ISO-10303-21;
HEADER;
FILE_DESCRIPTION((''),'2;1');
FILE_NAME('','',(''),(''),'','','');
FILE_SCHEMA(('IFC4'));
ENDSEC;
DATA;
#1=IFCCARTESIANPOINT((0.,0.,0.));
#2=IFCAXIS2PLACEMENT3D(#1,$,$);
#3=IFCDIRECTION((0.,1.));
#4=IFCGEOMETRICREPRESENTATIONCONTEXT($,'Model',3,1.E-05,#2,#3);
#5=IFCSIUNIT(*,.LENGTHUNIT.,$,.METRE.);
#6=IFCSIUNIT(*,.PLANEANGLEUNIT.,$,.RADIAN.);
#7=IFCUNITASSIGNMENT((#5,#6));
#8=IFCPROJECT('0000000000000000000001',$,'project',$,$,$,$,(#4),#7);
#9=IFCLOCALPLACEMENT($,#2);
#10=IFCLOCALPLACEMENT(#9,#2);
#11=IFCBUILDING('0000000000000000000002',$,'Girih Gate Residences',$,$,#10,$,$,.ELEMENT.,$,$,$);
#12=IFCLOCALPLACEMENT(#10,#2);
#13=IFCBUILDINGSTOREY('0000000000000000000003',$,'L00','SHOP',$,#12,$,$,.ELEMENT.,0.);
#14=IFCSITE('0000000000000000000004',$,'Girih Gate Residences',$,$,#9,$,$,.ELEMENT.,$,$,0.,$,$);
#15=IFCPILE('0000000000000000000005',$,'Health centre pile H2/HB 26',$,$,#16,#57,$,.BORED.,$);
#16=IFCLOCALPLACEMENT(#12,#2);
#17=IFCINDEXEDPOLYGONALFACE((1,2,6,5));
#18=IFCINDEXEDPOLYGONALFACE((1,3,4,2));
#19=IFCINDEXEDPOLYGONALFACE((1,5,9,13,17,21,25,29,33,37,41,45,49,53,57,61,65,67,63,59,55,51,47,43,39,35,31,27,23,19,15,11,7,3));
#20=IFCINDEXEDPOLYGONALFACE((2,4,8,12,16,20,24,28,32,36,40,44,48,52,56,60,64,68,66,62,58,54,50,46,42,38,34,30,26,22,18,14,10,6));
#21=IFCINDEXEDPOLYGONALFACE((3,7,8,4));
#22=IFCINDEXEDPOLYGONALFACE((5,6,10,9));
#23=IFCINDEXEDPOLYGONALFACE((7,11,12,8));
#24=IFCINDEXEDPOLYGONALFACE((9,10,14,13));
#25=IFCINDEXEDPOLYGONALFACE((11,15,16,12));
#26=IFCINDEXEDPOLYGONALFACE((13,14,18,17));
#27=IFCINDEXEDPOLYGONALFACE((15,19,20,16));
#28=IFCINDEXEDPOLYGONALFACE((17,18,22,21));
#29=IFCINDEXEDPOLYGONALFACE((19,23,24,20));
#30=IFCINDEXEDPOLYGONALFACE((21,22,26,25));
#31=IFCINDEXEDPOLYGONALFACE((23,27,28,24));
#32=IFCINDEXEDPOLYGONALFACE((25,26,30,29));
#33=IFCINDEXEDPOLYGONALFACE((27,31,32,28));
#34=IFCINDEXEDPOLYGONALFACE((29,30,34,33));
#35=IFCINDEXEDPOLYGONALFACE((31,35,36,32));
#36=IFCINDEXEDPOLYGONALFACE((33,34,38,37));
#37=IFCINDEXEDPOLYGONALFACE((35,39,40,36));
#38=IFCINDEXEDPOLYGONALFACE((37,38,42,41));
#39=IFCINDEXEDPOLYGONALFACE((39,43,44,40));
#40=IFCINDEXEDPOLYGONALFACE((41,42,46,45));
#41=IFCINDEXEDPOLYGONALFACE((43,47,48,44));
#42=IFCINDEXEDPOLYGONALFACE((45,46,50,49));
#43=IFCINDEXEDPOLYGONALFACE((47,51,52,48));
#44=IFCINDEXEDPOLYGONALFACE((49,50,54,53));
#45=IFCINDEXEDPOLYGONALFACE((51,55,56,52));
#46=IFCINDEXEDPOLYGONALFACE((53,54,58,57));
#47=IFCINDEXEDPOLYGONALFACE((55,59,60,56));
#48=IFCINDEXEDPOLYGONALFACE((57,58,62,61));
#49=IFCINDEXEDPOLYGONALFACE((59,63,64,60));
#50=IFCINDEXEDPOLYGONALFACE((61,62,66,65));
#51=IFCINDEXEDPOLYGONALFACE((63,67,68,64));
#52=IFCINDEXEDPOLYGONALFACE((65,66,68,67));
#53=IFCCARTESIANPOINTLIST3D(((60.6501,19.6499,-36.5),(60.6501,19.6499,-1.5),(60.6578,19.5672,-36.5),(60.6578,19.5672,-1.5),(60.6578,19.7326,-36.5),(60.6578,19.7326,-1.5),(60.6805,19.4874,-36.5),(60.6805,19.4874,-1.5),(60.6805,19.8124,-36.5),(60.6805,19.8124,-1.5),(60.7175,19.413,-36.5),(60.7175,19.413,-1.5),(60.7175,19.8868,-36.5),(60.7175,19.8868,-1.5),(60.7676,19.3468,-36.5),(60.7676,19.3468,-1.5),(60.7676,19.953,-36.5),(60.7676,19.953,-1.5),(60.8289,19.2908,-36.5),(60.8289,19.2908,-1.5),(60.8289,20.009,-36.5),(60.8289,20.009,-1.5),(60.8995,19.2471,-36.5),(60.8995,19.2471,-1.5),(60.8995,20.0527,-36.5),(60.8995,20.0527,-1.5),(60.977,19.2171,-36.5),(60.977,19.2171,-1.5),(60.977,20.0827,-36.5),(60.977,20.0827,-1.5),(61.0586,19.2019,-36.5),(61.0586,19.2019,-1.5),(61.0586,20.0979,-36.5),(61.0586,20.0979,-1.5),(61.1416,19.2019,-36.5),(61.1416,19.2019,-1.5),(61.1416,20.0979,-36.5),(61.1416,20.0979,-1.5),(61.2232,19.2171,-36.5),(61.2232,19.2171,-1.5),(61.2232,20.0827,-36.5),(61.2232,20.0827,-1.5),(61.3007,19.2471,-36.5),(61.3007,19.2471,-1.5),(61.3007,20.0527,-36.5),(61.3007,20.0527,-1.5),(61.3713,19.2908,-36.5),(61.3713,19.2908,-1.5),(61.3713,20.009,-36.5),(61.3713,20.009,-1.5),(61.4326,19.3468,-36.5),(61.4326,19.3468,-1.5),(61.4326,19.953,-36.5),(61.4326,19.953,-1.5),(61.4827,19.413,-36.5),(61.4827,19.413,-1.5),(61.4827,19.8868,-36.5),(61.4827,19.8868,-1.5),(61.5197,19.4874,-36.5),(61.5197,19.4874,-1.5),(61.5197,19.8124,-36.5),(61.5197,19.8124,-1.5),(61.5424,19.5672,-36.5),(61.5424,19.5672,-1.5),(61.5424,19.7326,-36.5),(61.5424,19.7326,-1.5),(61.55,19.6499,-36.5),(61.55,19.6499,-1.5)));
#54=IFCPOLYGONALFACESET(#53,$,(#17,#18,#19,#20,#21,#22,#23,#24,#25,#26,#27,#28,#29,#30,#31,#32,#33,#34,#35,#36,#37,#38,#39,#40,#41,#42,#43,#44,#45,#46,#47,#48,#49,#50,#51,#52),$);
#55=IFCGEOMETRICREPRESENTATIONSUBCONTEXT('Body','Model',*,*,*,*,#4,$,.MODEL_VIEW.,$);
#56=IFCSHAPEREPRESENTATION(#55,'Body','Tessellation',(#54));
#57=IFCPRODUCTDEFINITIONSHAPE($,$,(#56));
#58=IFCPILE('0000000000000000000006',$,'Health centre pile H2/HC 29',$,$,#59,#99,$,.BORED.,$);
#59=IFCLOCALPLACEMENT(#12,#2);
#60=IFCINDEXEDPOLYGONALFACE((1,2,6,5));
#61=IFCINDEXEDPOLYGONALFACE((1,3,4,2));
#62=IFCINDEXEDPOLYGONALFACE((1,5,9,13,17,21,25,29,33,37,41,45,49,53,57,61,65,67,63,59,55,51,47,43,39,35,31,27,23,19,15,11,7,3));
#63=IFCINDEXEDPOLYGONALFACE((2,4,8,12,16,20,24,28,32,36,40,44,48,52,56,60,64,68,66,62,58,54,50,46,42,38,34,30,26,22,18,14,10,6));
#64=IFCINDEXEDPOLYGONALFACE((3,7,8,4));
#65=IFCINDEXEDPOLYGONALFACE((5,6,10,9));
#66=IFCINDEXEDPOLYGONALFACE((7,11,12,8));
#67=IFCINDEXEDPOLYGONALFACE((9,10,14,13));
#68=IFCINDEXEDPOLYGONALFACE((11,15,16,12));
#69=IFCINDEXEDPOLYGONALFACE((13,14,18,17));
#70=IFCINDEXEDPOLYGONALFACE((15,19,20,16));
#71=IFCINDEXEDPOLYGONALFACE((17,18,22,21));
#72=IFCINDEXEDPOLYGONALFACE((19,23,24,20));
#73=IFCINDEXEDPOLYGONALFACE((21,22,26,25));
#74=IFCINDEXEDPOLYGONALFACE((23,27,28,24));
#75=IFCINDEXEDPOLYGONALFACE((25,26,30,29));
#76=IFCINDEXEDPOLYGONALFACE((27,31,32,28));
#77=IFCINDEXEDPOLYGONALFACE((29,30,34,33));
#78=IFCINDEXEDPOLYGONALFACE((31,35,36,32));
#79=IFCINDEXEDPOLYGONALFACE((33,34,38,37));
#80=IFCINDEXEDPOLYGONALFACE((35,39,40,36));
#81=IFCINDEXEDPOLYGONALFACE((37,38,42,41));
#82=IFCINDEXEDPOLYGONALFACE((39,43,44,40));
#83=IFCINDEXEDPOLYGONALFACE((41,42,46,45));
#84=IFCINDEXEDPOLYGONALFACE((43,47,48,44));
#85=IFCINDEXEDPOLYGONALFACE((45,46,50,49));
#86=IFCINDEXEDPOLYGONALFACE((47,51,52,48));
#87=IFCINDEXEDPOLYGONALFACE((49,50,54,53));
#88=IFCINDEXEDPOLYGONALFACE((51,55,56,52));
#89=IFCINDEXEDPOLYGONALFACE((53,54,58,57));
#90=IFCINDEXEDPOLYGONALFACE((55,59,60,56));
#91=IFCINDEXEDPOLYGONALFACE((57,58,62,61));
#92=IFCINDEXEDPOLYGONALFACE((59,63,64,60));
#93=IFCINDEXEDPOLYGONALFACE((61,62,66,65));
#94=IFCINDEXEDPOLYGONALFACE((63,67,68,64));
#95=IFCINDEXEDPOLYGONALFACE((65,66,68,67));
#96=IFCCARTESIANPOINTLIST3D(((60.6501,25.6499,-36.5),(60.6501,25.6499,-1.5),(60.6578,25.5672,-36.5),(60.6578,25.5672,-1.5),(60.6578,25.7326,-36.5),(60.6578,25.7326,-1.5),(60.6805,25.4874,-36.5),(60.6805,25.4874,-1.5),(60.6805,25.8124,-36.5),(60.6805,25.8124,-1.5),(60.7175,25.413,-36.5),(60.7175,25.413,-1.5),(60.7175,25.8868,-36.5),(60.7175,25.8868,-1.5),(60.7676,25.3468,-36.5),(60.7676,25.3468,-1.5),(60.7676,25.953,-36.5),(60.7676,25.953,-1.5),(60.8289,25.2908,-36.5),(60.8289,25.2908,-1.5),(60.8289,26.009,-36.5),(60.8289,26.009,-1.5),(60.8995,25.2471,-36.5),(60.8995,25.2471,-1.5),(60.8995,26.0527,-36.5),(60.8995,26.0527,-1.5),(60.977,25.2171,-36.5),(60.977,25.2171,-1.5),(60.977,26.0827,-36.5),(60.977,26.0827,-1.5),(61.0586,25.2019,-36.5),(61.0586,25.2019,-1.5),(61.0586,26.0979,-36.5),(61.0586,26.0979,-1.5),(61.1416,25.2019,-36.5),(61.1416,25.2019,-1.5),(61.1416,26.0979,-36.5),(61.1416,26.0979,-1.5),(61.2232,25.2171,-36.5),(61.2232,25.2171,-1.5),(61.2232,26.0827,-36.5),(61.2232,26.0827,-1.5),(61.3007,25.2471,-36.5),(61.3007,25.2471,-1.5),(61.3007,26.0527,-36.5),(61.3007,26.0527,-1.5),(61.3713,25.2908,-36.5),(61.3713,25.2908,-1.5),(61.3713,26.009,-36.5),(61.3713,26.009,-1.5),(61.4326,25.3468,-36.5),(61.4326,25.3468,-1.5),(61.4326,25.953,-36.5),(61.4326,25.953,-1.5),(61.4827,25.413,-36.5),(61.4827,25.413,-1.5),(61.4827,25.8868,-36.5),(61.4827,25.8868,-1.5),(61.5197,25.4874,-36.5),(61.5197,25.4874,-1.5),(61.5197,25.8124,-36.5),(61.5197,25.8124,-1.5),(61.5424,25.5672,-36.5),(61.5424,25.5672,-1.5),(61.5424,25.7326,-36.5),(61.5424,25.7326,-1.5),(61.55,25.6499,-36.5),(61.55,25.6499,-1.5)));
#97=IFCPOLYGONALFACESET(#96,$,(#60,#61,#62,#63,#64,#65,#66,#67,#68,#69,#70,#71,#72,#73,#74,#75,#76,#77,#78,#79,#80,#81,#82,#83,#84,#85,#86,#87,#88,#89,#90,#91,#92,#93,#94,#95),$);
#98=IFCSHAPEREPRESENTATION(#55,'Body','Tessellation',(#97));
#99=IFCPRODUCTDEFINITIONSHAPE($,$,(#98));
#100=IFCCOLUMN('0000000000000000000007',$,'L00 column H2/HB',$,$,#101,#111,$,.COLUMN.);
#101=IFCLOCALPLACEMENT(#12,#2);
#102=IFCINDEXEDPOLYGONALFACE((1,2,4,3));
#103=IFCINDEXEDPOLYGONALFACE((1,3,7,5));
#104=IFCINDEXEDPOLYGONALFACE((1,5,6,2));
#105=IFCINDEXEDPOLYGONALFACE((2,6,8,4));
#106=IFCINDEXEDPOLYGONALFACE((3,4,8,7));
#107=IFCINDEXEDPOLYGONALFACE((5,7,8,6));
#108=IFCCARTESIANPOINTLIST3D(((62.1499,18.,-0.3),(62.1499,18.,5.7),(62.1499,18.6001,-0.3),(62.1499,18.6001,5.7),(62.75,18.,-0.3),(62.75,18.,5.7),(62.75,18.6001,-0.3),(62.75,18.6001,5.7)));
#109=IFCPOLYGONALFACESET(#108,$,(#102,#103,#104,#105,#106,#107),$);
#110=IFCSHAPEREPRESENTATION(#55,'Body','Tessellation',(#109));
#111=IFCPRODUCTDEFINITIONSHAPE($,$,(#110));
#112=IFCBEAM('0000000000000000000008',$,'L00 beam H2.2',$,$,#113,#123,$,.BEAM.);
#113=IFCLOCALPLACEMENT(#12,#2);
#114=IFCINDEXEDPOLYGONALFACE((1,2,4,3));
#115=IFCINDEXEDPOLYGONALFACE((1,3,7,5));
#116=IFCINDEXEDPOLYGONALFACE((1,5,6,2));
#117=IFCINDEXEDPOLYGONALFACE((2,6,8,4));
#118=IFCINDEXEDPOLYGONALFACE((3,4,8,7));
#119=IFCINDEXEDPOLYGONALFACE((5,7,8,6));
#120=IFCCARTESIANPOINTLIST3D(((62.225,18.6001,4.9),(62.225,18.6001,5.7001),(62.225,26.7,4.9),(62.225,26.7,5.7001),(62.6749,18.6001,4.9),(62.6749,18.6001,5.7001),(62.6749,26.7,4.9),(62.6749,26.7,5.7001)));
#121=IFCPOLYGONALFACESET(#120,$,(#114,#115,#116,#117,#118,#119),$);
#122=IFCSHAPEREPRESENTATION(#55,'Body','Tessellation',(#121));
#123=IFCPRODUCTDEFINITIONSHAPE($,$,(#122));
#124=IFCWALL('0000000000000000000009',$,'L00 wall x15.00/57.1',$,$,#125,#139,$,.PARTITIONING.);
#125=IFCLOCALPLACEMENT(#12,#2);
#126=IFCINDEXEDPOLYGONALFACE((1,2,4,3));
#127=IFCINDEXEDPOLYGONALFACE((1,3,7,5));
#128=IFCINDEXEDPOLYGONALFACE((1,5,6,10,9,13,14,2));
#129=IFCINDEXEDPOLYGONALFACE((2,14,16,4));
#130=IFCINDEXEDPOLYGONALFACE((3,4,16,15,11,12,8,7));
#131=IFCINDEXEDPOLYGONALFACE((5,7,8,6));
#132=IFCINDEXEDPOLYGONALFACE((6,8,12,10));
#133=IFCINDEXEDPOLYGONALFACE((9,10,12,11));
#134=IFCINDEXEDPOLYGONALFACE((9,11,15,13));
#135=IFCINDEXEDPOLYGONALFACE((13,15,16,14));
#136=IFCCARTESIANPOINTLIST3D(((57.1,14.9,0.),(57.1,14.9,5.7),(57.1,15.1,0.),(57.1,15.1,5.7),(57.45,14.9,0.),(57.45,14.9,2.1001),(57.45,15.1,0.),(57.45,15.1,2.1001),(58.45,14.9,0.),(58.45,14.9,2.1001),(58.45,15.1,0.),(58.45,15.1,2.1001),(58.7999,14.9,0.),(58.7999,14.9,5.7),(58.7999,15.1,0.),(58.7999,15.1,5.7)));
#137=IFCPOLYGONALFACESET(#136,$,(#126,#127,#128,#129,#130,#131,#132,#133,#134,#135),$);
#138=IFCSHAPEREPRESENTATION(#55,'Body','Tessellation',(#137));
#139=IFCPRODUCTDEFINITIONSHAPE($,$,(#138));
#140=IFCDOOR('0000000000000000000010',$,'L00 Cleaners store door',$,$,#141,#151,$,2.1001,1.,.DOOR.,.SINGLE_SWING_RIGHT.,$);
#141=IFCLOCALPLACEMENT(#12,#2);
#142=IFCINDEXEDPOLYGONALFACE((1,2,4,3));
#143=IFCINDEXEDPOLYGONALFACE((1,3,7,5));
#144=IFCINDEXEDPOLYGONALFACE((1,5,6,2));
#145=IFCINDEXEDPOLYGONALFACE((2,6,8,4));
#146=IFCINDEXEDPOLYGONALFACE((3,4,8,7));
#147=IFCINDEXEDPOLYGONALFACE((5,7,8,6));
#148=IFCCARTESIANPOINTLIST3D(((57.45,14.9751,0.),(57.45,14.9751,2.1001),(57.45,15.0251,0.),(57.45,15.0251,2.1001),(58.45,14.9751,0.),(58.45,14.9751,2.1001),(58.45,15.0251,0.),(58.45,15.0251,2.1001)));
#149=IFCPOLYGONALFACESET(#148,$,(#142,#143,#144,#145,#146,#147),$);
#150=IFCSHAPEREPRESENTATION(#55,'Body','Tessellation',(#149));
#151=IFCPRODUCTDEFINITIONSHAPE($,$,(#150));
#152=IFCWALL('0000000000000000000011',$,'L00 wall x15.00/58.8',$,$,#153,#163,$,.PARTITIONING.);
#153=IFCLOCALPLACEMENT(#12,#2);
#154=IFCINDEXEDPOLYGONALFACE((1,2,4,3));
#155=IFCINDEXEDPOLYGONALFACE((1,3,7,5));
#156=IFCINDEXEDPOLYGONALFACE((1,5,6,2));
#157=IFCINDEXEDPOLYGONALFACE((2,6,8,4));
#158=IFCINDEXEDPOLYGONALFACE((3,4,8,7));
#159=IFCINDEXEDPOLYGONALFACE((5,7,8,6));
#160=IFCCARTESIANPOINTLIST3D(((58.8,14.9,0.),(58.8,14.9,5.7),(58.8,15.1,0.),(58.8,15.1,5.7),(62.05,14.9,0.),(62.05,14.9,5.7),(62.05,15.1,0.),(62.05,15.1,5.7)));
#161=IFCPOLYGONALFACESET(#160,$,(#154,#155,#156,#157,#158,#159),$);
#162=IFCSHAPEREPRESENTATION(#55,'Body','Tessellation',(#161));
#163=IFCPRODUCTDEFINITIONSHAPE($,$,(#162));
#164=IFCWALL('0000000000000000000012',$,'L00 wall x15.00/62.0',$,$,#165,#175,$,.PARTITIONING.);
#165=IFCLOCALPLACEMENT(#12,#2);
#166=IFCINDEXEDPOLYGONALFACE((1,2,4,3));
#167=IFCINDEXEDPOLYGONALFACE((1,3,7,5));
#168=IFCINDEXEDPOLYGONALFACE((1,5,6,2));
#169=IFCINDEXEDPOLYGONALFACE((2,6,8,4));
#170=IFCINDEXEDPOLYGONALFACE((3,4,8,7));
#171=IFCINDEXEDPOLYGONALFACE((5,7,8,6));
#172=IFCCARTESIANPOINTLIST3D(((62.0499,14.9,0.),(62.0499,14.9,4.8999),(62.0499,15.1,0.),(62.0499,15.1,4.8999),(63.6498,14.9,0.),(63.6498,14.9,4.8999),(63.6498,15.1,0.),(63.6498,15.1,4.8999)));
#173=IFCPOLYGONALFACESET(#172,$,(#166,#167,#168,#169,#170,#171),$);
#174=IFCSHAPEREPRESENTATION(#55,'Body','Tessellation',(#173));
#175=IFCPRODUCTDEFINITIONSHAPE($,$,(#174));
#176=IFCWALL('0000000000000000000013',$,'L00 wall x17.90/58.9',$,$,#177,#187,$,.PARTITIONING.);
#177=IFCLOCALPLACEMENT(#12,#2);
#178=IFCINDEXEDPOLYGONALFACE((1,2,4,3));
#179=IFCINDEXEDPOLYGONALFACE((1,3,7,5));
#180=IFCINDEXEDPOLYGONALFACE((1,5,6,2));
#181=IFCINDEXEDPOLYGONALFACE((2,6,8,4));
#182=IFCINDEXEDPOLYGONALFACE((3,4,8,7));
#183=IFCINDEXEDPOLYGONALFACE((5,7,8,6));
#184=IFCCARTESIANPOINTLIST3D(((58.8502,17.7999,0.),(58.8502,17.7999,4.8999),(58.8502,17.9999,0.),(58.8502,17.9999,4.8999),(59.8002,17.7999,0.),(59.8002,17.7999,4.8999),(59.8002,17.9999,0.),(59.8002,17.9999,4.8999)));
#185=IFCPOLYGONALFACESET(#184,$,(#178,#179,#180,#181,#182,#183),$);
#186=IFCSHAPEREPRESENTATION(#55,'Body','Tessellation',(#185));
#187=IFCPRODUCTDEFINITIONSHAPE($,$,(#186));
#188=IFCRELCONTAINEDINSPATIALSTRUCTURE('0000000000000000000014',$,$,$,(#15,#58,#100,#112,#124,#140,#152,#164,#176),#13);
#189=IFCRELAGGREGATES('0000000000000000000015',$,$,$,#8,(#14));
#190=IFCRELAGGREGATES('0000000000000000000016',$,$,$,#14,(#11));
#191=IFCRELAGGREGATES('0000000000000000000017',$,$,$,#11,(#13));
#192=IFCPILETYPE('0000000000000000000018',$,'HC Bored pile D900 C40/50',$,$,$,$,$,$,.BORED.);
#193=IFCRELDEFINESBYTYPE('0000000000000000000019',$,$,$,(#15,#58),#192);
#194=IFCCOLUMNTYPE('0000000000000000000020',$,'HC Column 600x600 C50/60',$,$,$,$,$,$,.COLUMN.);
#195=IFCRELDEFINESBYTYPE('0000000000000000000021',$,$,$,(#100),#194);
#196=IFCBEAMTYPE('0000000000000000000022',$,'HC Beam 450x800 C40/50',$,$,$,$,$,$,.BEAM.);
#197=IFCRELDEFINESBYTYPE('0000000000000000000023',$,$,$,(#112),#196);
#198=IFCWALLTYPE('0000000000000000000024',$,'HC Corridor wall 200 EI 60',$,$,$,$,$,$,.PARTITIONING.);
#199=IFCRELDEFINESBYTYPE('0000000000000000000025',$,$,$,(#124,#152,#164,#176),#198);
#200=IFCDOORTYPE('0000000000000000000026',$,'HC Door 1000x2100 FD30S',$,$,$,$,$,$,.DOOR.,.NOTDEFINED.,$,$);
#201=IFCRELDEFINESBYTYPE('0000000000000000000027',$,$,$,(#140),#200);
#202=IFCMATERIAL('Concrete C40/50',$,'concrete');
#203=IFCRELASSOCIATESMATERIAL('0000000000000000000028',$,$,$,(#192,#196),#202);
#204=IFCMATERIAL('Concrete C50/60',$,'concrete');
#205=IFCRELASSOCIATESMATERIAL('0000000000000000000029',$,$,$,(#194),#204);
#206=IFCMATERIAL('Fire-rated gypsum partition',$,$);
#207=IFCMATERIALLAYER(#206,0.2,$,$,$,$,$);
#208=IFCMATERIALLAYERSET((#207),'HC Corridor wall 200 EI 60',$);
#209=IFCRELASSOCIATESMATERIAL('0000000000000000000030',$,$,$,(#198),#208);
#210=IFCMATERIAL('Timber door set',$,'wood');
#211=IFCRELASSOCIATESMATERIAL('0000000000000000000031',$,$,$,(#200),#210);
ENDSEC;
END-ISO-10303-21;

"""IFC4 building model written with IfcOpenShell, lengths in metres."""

from ifc_helpers import new_model, si_unit, direction, frame, frame_2d, origin, origin_2d, place, context, subcontext, project, spatial, rectangle, circle, extrude, material, layer, layer_set, material_profile, profile_set, type_object, element, fill, save


model = new_model("IFC4")

# Units and contexts
model_context = context("Model", 3, precision=1e-05, world=origin(), true_north=direction((0.0, 1.0)))
body_context = subcontext(model_context, "Body", "Model", "MODEL_VIEW")
ifc_project = project(units=[si_unit("LENGTHUNIT", "METRE"), si_unit("PLANEANGLEUNIT", "RADIAN")], contexts=[model_context])

# Site, building, storey
site_placement = place(None, origin())
site = spatial("IfcSite", under=ifc_project, at=site_placement, Name="Girih Gate Residences", CompositionType="ELEMENT", RefElevation=0.0)
building_placement = place(site_placement, origin())
building = spatial("IfcBuilding", under=site, at=building_placement, Name="Girih Gate Residences", CompositionType="ELEMENT")
storey_placement = place(building_placement, origin())
storey = spatial("IfcBuildingStorey", under=building, at=storey_placement, Name="L00", Description="SHOP", CompositionType="ELEMENT", Elevation=0.0)

# Piles
ifc_material_1 = material(Name="Concrete C40/50", Category="concrete")
ifc_material_profile_1 = material_profile(ifc_material_1, circle(Radius=0.45, at=origin_2d()))
ifc_profile_set_1 = profile_set([ifc_material_profile_1], Name="Concrete C40/50")
pile_type = type_object("IfcPileType", Name="HC Bored pile D900 C40/50", PredefinedType="BORED", material=ifc_profile_set_1)
for number, where, z_axis, x_axis, name in (
    (1, (61.1001, 19.6499, -1.5), (0.0, 0.0, -1.0), (1.0, 0.0, 0.0), "Health centre pile H2/HB 26"),
    (2, (61.1001, 25.6499, -1.5), (0.0, 0.0, -1.0), (1.0, 0.0, 0.0), "Health centre pile H2/HC 29"),
):
    element("IfcPile", number, at=place(storey_placement, frame(where, z_axis=z_axis, x_axis=x_axis)), inside=storey, type_object=pile_type, Name=name, PredefinedType="BORED", context=body_context, shape_type="SweptSolid", body=[
        extrude(circle(Radius=0.45, at=origin_2d()), origin(), (0.0, 0.0, 1.0), 35.0),
    ])

# Column
ifc_material_2 = material(Name="Concrete C50/60", Category="concrete")
ifc_material_profile_2 = material_profile(ifc_material_2, rectangle(XDim=0.6001, YDim=0.6001, at=origin_2d()))
ifc_profile_set_2 = profile_set([ifc_material_profile_2], Name="Concrete C50/60")
column_type = type_object("IfcColumnType", Name="HC Column 600x600 C50/60", PredefinedType="COLUMN", material=ifc_profile_set_2)
column_placement = place(storey_placement, frame((62.45, 18.3, -0.3), z_axis=(0.0, 0.0, 1.0), x_axis=(1.0, 0.0, 0.0)))
element("IfcColumn", 3, at=column_placement, inside=storey, type_object=column_type, Name="L00 column H2/HB", PredefinedType="COLUMN", context=body_context, shape_type="SweptSolid", body=[
    extrude(rectangle(XDim=0.6001, YDim=0.6001, at=origin_2d()), origin(), (0.0, 0.0, 1.0), 6.0),
])

# Beam
ifc_material_profile_3 = material_profile(ifc_material_1, rectangle(XDim=0.45, YDim=0.8, at=origin_2d()))
ifc_profile_set_3 = profile_set([ifc_material_profile_3], Name="Concrete C40/50")
beam_type = type_object("IfcBeamType", Name="HC Beam 450x800 C40/50", PredefinedType="BEAM", material=ifc_profile_set_3)
beam_placement = place(storey_placement, frame((62.45, 18.6001, 5.3), z_axis=(0.0, 1.0, 0.0), x_axis=(-1.0, 0.0, 0.0)))
element("IfcBeam", 4, at=beam_placement, inside=storey, type_object=beam_type, Name="L00 beam H2.2", PredefinedType="BEAM", context=body_context, shape_type="SweptSolid", body=[
    extrude(rectangle(XDim=0.45, YDim=0.8, at=origin_2d()), origin(), (0.0, 0.0, 1.0), 8.0999),
])

# Wall, opening, door
ifc_material_3 = material(Name="Fire-rated gypsum partition")
ifc_layer_1 = layer(ifc_material_3, 0.2)
ifc_layer_set_1 = layer_set([ifc_layer_1], Name="HC Corridor wall 200 EI 60")
wall_type_1 = type_object("IfcWallType", Name="HC Corridor wall 200 EI 60", PredefinedType="PARTITIONING", material=ifc_layer_set_1)
wall_1_placement = place(storey_placement, frame((58.8, 15.0, 0.0), z_axis=(0.0, 0.0, 1.0), x_axis=(-1.0, 0.0, 0.0)))
wall_1 = element("IfcWall", 5, at=wall_1_placement, inside=storey, type_object=wall_type_1, Name="L00 wall x15.00/57.1", PredefinedType="PARTITIONING", context=body_context, shape_type="SweptSolid", body=[
    extrude(rectangle(XDim=1.7, YDim=0.2, at=frame_2d((0.8501, 0.0))), origin(), (0.0, 0.0, 1.0), 5.7),
])
opening_1_placement = place(wall_1_placement, frame((0.3501, 0.0, 0.0)))
opening_1 = element("IfcOpeningElement", 6, at=opening_1_placement, cuts=wall_1, PredefinedType="OPENING", context=body_context, shape_type="SweptSolid", body=[
    extrude(rectangle(XDim=1.0, YDim=2.1001, at=frame_2d((0.5, 1.05))), frame((0.0, 0.1099, 0.0), z_axis=(0.0, -1.0, 0.0), x_axis=(1.0, 0.0, 0.0)), (0.0, 0.0, 1.0), 0.22),
])
ifc_material_4 = material(Name="Timber door set", Category="wood")
door_type_1 = type_object("IfcDoorType", Name="HC Door 1000x2100 FD30S", OperationType="NOTDEFINED", PredefinedType="DOOR", material=ifc_material_4)
door_1_placement = place(opening_1_placement, origin())
door_1 = element("IfcDoor", 7, at=door_1_placement, inside=storey, type_object=door_type_1, Name="L00 Cleaners store door", OperationType="SINGLE_SWING_RIGHT", OverallHeight=2.1001, OverallWidth=1.0, PredefinedType="DOOR", context=body_context, shape_type="SweptSolid", body=[
    extrude(rectangle(XDim=1.0, YDim=2.1001, at=frame_2d((0.5, 1.05))), frame((0.0, 0.0249, 0.0), z_axis=(0.0, -1.0, 0.0), x_axis=(1.0, 0.0, 0.0)), (0.0, 0.0, 1.0), 0.05),
])
fill(opening_1, door_1)

# Walls
wall_2_placement = place(storey_placement, frame((58.8, 15.0, 0.0), z_axis=(0.0, 0.0, 1.0), x_axis=(1.0, 0.0, 0.0)))
element("IfcWall", 8, at=wall_2_placement, inside=storey, type_object=wall_type_1, Name="L00 wall x15.00/58.8", PredefinedType="PARTITIONING", context=body_context, shape_type="SweptSolid", body=[
    extrude(rectangle(XDim=3.25, YDim=0.2, at=frame_2d((1.625, 0.0))), origin(), (0.0, 0.0, 1.0), 5.7),
])
wall_3_placement = place(storey_placement, frame((62.05, 15.0, 0.0), z_axis=(0.0, 0.0, 1.0), x_axis=(1.0, 0.0, 0.0)))
element("IfcWall", 9, at=wall_3_placement, inside=storey, type_object=wall_type_1, Name="L00 wall x15.00/62.0", PredefinedType="PARTITIONING", context=body_context, shape_type="SweptSolid", body=[
    extrude(rectangle(XDim=1.5999, YDim=0.2, at=frame_2d((0.7998, 0.0))), origin(), (0.0, 0.0, 1.0), 4.8999),
])
wall_4_placement = place(storey_placement, frame((58.8501, 17.8999, 0.0), z_axis=(0.0, 0.0, 1.0), x_axis=(1.0, 0.0, 0.0)))
element("IfcWall", 10, at=wall_4_placement, inside=storey, type_object=wall_type_1, Name="L00 wall x17.90/58.9", PredefinedType="PARTITIONING", context=body_context, shape_type="SweptSolid", body=[
    extrude(rectangle(XDim=0.95, YDim=0.2, at=frame_2d((0.4751, 0.0))), origin(), (0.0, 0.0, 1.0), 4.8999),
])

save(model, "model.ifc")
